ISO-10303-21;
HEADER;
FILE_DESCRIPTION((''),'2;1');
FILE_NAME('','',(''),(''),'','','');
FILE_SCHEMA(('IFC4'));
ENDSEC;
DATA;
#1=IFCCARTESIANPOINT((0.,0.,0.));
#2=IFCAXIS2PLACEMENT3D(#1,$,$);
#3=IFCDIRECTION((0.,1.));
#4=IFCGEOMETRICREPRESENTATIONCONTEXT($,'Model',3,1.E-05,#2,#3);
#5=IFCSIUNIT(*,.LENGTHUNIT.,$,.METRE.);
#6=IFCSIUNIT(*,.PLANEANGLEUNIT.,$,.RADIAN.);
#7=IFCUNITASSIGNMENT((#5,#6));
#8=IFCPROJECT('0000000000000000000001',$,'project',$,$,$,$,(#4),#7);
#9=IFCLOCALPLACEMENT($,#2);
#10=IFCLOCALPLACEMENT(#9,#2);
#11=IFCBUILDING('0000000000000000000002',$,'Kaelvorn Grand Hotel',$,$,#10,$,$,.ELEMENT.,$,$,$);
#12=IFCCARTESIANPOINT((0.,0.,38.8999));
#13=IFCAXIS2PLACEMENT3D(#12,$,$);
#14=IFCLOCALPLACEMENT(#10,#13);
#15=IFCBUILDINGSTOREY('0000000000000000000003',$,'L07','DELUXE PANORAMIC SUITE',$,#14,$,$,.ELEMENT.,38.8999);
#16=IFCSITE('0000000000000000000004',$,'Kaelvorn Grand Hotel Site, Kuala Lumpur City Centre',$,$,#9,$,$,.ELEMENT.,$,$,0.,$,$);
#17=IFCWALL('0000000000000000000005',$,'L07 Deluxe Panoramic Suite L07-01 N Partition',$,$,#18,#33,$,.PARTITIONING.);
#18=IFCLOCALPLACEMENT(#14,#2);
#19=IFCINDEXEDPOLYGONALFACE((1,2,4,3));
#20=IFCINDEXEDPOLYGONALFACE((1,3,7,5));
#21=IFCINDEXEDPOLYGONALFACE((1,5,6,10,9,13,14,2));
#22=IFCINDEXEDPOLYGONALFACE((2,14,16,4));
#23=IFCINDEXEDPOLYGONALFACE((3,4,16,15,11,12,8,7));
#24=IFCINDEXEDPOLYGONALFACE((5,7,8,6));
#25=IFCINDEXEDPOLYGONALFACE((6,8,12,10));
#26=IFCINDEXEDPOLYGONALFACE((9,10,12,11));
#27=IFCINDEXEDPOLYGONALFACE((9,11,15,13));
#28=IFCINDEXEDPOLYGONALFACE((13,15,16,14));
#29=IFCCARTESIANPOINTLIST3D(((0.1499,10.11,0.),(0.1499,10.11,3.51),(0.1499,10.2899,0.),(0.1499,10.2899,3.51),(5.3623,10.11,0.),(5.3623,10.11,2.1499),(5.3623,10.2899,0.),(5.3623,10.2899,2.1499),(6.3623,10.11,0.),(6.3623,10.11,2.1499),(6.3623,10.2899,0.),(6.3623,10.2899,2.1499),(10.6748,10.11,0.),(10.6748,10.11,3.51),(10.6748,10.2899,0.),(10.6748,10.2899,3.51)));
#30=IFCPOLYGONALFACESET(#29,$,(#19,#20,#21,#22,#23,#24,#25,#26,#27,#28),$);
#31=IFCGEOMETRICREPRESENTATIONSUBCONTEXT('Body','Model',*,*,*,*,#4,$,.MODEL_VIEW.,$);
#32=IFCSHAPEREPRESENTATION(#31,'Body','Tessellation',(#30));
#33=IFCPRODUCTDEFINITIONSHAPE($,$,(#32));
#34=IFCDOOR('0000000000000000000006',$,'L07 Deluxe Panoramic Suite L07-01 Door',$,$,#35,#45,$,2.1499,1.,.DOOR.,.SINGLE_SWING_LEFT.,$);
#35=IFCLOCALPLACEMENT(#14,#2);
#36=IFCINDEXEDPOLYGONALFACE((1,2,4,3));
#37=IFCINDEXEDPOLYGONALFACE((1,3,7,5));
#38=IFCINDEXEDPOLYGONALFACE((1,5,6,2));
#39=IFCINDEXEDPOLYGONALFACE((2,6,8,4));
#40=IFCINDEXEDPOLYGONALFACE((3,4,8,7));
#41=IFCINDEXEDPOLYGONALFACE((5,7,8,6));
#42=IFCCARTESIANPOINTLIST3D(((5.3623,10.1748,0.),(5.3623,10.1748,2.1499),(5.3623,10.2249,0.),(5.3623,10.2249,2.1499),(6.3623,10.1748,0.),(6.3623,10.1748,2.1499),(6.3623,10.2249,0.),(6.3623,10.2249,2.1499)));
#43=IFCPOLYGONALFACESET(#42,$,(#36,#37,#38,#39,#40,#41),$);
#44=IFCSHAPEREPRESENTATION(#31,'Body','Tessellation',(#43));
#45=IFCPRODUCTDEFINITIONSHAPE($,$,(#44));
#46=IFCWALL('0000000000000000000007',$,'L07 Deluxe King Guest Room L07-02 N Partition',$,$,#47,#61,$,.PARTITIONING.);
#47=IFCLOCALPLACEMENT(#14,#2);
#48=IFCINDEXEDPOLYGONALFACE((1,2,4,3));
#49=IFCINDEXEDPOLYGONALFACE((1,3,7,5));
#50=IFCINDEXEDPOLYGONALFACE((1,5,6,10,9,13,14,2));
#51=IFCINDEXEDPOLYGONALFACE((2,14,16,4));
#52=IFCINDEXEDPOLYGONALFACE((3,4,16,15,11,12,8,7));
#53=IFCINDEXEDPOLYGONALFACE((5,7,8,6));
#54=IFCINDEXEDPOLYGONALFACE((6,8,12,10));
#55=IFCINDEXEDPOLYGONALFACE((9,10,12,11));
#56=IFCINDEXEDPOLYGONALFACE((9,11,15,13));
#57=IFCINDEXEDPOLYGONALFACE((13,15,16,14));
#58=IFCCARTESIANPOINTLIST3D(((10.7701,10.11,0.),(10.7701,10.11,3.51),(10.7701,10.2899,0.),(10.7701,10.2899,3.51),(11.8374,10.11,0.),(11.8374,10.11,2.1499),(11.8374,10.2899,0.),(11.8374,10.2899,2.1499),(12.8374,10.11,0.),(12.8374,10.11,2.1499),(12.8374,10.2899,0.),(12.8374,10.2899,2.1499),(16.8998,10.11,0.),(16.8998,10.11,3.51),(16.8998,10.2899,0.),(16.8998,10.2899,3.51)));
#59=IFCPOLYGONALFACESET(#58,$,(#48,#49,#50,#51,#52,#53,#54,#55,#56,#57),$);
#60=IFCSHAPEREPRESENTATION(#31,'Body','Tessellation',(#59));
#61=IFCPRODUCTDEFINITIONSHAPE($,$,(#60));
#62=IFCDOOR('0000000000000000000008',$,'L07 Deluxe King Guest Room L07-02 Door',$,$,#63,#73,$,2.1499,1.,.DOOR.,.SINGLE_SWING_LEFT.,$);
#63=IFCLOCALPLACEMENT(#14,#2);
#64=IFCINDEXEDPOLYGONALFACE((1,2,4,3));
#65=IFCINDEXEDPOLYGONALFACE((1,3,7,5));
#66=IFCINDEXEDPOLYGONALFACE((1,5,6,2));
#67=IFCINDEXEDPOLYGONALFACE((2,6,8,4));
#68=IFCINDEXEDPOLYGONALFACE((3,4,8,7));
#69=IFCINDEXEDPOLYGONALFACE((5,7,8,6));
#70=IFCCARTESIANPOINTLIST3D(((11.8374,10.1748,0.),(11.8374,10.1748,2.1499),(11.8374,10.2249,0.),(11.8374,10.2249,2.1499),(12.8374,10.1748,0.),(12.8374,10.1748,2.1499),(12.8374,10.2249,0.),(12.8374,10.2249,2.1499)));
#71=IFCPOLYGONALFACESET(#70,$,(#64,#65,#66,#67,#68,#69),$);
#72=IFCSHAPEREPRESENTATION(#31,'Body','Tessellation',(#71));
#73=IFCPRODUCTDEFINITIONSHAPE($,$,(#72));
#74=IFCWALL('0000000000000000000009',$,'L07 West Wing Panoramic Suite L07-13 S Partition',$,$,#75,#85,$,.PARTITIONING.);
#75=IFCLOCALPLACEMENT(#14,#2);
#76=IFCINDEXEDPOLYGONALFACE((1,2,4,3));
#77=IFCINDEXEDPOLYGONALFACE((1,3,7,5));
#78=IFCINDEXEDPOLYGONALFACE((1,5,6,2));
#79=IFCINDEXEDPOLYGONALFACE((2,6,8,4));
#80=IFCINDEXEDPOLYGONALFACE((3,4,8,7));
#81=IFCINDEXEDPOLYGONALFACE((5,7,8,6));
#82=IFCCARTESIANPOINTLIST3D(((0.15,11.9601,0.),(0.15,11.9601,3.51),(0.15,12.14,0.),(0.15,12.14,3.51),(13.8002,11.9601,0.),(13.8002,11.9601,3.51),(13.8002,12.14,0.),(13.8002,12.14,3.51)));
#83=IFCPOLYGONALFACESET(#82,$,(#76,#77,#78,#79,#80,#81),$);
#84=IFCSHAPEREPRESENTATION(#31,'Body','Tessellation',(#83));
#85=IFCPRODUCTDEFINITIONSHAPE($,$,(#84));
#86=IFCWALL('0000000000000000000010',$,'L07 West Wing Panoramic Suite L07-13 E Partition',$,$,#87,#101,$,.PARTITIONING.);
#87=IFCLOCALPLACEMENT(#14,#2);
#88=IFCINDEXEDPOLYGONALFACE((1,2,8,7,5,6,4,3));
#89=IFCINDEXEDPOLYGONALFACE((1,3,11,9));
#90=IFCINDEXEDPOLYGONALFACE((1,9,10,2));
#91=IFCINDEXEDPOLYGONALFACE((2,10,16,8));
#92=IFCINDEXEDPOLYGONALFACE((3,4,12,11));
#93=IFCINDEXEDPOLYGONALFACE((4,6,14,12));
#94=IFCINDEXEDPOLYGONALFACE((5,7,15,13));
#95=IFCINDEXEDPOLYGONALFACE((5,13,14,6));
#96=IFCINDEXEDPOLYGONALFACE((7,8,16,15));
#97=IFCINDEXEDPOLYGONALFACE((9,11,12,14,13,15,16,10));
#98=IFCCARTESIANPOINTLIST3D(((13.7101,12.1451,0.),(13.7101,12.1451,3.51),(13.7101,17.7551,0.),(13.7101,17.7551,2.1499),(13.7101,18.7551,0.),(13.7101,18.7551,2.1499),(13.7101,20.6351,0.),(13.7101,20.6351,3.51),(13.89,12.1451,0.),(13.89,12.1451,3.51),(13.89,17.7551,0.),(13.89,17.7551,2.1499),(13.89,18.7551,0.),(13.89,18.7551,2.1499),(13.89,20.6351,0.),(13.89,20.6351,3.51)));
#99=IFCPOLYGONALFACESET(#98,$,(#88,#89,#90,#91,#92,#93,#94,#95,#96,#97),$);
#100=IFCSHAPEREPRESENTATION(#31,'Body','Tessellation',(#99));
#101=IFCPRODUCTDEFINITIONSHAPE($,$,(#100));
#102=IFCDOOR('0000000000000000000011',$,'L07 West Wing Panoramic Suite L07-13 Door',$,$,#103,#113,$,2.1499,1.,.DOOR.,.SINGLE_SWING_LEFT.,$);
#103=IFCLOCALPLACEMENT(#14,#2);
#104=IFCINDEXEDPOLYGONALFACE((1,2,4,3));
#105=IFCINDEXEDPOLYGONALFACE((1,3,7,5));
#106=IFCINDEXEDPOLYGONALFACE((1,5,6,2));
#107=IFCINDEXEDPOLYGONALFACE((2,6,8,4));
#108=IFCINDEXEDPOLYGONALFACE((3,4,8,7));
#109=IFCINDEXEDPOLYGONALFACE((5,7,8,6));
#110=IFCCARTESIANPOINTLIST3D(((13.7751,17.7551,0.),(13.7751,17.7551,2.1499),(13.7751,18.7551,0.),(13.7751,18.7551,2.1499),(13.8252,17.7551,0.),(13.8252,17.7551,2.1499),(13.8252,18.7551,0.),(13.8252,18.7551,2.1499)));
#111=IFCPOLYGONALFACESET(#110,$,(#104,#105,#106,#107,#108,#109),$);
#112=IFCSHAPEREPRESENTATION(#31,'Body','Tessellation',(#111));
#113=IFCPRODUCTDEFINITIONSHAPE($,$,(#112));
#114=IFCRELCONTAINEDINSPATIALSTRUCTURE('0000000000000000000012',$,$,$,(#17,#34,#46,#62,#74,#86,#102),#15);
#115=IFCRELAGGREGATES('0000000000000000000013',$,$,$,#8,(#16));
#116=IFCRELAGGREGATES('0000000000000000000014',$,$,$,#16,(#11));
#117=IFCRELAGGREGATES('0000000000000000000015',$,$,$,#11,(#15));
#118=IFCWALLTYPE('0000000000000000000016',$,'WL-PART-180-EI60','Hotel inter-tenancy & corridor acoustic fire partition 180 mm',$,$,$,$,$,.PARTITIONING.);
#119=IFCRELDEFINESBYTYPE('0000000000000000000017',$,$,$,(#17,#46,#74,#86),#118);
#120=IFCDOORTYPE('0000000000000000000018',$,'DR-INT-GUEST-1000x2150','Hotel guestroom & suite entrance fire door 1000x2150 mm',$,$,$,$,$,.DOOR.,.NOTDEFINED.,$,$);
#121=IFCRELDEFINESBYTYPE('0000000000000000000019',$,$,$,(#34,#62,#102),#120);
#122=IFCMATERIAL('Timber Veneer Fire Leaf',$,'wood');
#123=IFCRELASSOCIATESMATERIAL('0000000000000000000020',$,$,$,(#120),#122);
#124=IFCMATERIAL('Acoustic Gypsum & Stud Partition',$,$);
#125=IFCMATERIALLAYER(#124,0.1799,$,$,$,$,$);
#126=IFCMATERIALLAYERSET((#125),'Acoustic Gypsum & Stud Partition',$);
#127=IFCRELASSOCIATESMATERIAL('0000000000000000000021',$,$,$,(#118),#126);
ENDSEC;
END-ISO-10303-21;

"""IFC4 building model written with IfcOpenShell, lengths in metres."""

from ifc_helpers import new_model, si_unit, direction, frame, frame_2d, origin, place, context, subcontext, project, spatial, rectangle, extrude, material, layer, layer_set, type_object, element, fill, save


model = new_model("IFC4")

# Units and contexts
model_context = context("Model", 3, precision=1e-05, world=origin(), true_north=direction((0.0, 1.0)))
body_context = subcontext(model_context, "Body", "Model", "MODEL_VIEW")
ifc_project = project(units=[si_unit("LENGTHUNIT", "METRE"), si_unit("PLANEANGLEUNIT", "RADIAN")], contexts=[model_context])

# Site, building, storey
site_placement = place(None, origin())
site = spatial("IfcSite", under=ifc_project, at=site_placement, Name="Kaelvorn Grand Hotel Site, Kuala Lumpur City Centre", CompositionType="ELEMENT", RefElevation=0.0)
building_placement = place(site_placement, origin())
building = spatial("IfcBuilding", under=site, at=building_placement, Name="Kaelvorn Grand Hotel", CompositionType="ELEMENT")
storey_placement = place(building_placement, frame((0.0, 0.0, 38.8999)))
storey = spatial("IfcBuildingStorey", under=building, at=storey_placement, Name="L07", Description="DELUXE PANORAMIC SUITE", CompositionType="ELEMENT", Elevation=38.8999)

# Shared definitions
ifc_material_1 = material(Name="Acoustic Gypsum & Stud Partition")
ifc_material_2 = material(Name="Timber Veneer Fire Leaf", Category="wood")
door_type_1 = type_object("IfcDoorType", Name="DR-INT-GUEST-1000x2150", Description="Hotel guestroom & suite entrance fire door 1000x2150 mm", OperationType="NOTDEFINED", PredefinedType="DOOR", material=ifc_material_2)

# Walls, openings, doors
ifc_layer_1 = layer(ifc_material_1, 0.1799)
ifc_layer_set_1 = layer_set([ifc_layer_1], Name="Acoustic Gypsum & Stud Partition")
wall_type_1 = type_object("IfcWallType", Name="WL-PART-180-EI60", Description="Hotel inter-tenancy & corridor acoustic fire partition 180 mm", PredefinedType="PARTITIONING", material=ifc_layer_set_1)
wall_1_placement = place(storey_placement, frame((0.1499, 10.2, 0.0), z_axis=(0.0, 0.0, 1.0), x_axis=(1.0, 0.0, 0.0)))
wall_1 = element("IfcWall", 1, at=wall_1_placement, inside=storey, type_object=wall_type_1, Name="L07 Deluxe Panoramic Suite L07-01 N Partition", PredefinedType="PARTITIONING", context=body_context, shape_type="SweptSolid", body=[
    extrude(rectangle(XDim=10.5249, YDim=0.1799, at=frame_2d((5.2625, 0.0))), origin(), (0.0, 0.0, 1.0), 3.51),
])
opening_1_placement = place(wall_1_placement, frame((5.2124, 0.0, 0.0)))
opening_1 = element("IfcOpeningElement", 2, at=opening_1_placement, cuts=wall_1, PredefinedType="OPENING", context=body_context, shape_type="SweptSolid", body=[
    extrude(rectangle(XDim=1.0, YDim=2.1499, at=frame_2d((0.5, 1.075))), frame((0.0, 0.1001, 0.0), z_axis=(0.0, -1.0, 0.0), x_axis=(1.0, 0.0, 0.0)), (0.0, 0.0, 1.0), 0.2),
])
door_1_placement = place(opening_1_placement, origin())
door_1 = element("IfcDoor", 3, at=door_1_placement, inside=storey, type_object=door_type_1, Name="L07 Deluxe Panoramic Suite L07-01 Door", OperationType="SINGLE_SWING_LEFT", OverallHeight=2.1499, OverallWidth=1.0, PredefinedType="DOOR", context=body_context, shape_type="SweptSolid", body=[
    extrude(rectangle(XDim=1.0, YDim=2.1499, at=frame_2d((0.5, 1.075))), frame((0.0, 0.0249, 0.0), z_axis=(0.0, -1.0, 0.0), x_axis=(1.0, 0.0, 0.0)), (0.0, 0.0, 1.0), 0.05),
])
fill(opening_1, door_1)
wall_2_placement = place(storey_placement, frame((10.77, 10.2, 0.0), z_axis=(0.0, 0.0, 1.0), x_axis=(1.0, 0.0, 0.0)))
wall_2 = element("IfcWall", 4, at=wall_2_placement, inside=storey, type_object=wall_type_1, Name="L07 Deluxe King Guest Room L07-02 N Partition", PredefinedType="PARTITIONING", context=body_context, shape_type="SweptSolid", body=[
    extrude(rectangle(XDim=6.1296, YDim=0.1799, at=frame_2d((3.0649, 0.0))), origin(), (0.0, 0.0, 1.0), 3.51),
])
opening_2_placement = place(wall_2_placement, frame((1.0674, 0.0, 0.0)))
opening_2 = element("IfcOpeningElement", 5, at=opening_2_placement, cuts=wall_2, PredefinedType="OPENING", context=body_context, shape_type="SweptSolid", body=[
    extrude(rectangle(XDim=1.0, YDim=2.1499, at=frame_2d((0.5, 1.075))), frame((0.0, 0.1001, 0.0), z_axis=(0.0, -1.0, 0.0), x_axis=(1.0, 0.0, 0.0)), (0.0, 0.0, 1.0), 0.2),
])
door_2_placement = place(opening_2_placement, origin())
door_2 = element("IfcDoor", 6, at=door_2_placement, inside=storey, type_object=door_type_1, Name="L07 Deluxe King Guest Room L07-02 Door", OperationType="SINGLE_SWING_LEFT", OverallHeight=2.1499, OverallWidth=1.0, PredefinedType="DOOR", context=body_context, shape_type="SweptSolid", body=[
    extrude(rectangle(XDim=1.0, YDim=2.1499, at=frame_2d((0.5, 1.075))), frame((0.0, 0.0249, 0.0), z_axis=(0.0, -1.0, 0.0), x_axis=(1.0, 0.0, 0.0)), (0.0, 0.0, 1.0), 0.05),
])
fill(opening_2, door_2)

# Wall
wall_3_placement = place(storey_placement, frame((0.1499, 12.05, 0.0), z_axis=(0.0, 0.0, 1.0), x_axis=(1.0, 0.0, 0.0)))
element("IfcWall", 7, at=wall_3_placement, inside=storey, type_object=wall_type_1, Name="L07 West Wing Panoramic Suite L07-13 S Partition", PredefinedType="PARTITIONING", context=body_context, shape_type="SweptSolid", body=[
    extrude(rectangle(XDim=13.6501, YDim=0.1799, at=frame_2d((6.8252, 0.0))), origin(), (0.0, 0.0, 1.0), 3.51),
])

# Wall, opening, door
wall_4_placement = place(storey_placement, frame((13.8, 12.145, 0.0), z_axis=(0.0, 0.0, 1.0), x_axis=(0.0, 1.0, 0.0)))
wall_4 = element("IfcWall", 8, at=wall_4_placement, inside=storey, type_object=wall_type_1, Name="L07 West Wing Panoramic Suite L07-13 E Partition", PredefinedType="PARTITIONING", context=body_context, shape_type="SweptSolid", body=[
    extrude(rectangle(XDim=8.49, YDim=0.1799, at=frame_2d((4.2451, 0.0))), origin(), (0.0, 0.0, 1.0), 3.51),
])
opening_3_placement = place(wall_4_placement, frame((5.6101, 0.0, 0.0)))
opening_3 = element("IfcOpeningElement", 9, at=opening_3_placement, cuts=wall_4, PredefinedType="OPENING", context=body_context, shape_type="SweptSolid", body=[
    extrude(rectangle(XDim=1.0, YDim=2.1499, at=frame_2d((0.5, 1.075))), frame((0.0, 0.1001, 0.0), z_axis=(0.0, -1.0, 0.0), x_axis=(1.0, 0.0, 0.0)), (0.0, 0.0, 1.0), 0.2),
])
door_3_placement = place(opening_3_placement, origin())
door_3 = element("IfcDoor", 10, at=door_3_placement, inside=storey, type_object=door_type_1, Name="L07 West Wing Panoramic Suite L07-13 Door", OperationType="SINGLE_SWING_LEFT", OverallHeight=2.1499, OverallWidth=1.0, PredefinedType="DOOR", context=body_context, shape_type="SweptSolid", body=[
    extrude(rectangle(XDim=1.0, YDim=2.1499, at=frame_2d((0.5, 1.075))), frame((0.0, 0.0249, 0.0), z_axis=(0.0, -1.0, 0.0), x_axis=(1.0, 0.0, 0.0)), (0.0, 0.0, 1.0), 0.05),
])
fill(opening_3, door_3)

save(model, "model.ifc")
